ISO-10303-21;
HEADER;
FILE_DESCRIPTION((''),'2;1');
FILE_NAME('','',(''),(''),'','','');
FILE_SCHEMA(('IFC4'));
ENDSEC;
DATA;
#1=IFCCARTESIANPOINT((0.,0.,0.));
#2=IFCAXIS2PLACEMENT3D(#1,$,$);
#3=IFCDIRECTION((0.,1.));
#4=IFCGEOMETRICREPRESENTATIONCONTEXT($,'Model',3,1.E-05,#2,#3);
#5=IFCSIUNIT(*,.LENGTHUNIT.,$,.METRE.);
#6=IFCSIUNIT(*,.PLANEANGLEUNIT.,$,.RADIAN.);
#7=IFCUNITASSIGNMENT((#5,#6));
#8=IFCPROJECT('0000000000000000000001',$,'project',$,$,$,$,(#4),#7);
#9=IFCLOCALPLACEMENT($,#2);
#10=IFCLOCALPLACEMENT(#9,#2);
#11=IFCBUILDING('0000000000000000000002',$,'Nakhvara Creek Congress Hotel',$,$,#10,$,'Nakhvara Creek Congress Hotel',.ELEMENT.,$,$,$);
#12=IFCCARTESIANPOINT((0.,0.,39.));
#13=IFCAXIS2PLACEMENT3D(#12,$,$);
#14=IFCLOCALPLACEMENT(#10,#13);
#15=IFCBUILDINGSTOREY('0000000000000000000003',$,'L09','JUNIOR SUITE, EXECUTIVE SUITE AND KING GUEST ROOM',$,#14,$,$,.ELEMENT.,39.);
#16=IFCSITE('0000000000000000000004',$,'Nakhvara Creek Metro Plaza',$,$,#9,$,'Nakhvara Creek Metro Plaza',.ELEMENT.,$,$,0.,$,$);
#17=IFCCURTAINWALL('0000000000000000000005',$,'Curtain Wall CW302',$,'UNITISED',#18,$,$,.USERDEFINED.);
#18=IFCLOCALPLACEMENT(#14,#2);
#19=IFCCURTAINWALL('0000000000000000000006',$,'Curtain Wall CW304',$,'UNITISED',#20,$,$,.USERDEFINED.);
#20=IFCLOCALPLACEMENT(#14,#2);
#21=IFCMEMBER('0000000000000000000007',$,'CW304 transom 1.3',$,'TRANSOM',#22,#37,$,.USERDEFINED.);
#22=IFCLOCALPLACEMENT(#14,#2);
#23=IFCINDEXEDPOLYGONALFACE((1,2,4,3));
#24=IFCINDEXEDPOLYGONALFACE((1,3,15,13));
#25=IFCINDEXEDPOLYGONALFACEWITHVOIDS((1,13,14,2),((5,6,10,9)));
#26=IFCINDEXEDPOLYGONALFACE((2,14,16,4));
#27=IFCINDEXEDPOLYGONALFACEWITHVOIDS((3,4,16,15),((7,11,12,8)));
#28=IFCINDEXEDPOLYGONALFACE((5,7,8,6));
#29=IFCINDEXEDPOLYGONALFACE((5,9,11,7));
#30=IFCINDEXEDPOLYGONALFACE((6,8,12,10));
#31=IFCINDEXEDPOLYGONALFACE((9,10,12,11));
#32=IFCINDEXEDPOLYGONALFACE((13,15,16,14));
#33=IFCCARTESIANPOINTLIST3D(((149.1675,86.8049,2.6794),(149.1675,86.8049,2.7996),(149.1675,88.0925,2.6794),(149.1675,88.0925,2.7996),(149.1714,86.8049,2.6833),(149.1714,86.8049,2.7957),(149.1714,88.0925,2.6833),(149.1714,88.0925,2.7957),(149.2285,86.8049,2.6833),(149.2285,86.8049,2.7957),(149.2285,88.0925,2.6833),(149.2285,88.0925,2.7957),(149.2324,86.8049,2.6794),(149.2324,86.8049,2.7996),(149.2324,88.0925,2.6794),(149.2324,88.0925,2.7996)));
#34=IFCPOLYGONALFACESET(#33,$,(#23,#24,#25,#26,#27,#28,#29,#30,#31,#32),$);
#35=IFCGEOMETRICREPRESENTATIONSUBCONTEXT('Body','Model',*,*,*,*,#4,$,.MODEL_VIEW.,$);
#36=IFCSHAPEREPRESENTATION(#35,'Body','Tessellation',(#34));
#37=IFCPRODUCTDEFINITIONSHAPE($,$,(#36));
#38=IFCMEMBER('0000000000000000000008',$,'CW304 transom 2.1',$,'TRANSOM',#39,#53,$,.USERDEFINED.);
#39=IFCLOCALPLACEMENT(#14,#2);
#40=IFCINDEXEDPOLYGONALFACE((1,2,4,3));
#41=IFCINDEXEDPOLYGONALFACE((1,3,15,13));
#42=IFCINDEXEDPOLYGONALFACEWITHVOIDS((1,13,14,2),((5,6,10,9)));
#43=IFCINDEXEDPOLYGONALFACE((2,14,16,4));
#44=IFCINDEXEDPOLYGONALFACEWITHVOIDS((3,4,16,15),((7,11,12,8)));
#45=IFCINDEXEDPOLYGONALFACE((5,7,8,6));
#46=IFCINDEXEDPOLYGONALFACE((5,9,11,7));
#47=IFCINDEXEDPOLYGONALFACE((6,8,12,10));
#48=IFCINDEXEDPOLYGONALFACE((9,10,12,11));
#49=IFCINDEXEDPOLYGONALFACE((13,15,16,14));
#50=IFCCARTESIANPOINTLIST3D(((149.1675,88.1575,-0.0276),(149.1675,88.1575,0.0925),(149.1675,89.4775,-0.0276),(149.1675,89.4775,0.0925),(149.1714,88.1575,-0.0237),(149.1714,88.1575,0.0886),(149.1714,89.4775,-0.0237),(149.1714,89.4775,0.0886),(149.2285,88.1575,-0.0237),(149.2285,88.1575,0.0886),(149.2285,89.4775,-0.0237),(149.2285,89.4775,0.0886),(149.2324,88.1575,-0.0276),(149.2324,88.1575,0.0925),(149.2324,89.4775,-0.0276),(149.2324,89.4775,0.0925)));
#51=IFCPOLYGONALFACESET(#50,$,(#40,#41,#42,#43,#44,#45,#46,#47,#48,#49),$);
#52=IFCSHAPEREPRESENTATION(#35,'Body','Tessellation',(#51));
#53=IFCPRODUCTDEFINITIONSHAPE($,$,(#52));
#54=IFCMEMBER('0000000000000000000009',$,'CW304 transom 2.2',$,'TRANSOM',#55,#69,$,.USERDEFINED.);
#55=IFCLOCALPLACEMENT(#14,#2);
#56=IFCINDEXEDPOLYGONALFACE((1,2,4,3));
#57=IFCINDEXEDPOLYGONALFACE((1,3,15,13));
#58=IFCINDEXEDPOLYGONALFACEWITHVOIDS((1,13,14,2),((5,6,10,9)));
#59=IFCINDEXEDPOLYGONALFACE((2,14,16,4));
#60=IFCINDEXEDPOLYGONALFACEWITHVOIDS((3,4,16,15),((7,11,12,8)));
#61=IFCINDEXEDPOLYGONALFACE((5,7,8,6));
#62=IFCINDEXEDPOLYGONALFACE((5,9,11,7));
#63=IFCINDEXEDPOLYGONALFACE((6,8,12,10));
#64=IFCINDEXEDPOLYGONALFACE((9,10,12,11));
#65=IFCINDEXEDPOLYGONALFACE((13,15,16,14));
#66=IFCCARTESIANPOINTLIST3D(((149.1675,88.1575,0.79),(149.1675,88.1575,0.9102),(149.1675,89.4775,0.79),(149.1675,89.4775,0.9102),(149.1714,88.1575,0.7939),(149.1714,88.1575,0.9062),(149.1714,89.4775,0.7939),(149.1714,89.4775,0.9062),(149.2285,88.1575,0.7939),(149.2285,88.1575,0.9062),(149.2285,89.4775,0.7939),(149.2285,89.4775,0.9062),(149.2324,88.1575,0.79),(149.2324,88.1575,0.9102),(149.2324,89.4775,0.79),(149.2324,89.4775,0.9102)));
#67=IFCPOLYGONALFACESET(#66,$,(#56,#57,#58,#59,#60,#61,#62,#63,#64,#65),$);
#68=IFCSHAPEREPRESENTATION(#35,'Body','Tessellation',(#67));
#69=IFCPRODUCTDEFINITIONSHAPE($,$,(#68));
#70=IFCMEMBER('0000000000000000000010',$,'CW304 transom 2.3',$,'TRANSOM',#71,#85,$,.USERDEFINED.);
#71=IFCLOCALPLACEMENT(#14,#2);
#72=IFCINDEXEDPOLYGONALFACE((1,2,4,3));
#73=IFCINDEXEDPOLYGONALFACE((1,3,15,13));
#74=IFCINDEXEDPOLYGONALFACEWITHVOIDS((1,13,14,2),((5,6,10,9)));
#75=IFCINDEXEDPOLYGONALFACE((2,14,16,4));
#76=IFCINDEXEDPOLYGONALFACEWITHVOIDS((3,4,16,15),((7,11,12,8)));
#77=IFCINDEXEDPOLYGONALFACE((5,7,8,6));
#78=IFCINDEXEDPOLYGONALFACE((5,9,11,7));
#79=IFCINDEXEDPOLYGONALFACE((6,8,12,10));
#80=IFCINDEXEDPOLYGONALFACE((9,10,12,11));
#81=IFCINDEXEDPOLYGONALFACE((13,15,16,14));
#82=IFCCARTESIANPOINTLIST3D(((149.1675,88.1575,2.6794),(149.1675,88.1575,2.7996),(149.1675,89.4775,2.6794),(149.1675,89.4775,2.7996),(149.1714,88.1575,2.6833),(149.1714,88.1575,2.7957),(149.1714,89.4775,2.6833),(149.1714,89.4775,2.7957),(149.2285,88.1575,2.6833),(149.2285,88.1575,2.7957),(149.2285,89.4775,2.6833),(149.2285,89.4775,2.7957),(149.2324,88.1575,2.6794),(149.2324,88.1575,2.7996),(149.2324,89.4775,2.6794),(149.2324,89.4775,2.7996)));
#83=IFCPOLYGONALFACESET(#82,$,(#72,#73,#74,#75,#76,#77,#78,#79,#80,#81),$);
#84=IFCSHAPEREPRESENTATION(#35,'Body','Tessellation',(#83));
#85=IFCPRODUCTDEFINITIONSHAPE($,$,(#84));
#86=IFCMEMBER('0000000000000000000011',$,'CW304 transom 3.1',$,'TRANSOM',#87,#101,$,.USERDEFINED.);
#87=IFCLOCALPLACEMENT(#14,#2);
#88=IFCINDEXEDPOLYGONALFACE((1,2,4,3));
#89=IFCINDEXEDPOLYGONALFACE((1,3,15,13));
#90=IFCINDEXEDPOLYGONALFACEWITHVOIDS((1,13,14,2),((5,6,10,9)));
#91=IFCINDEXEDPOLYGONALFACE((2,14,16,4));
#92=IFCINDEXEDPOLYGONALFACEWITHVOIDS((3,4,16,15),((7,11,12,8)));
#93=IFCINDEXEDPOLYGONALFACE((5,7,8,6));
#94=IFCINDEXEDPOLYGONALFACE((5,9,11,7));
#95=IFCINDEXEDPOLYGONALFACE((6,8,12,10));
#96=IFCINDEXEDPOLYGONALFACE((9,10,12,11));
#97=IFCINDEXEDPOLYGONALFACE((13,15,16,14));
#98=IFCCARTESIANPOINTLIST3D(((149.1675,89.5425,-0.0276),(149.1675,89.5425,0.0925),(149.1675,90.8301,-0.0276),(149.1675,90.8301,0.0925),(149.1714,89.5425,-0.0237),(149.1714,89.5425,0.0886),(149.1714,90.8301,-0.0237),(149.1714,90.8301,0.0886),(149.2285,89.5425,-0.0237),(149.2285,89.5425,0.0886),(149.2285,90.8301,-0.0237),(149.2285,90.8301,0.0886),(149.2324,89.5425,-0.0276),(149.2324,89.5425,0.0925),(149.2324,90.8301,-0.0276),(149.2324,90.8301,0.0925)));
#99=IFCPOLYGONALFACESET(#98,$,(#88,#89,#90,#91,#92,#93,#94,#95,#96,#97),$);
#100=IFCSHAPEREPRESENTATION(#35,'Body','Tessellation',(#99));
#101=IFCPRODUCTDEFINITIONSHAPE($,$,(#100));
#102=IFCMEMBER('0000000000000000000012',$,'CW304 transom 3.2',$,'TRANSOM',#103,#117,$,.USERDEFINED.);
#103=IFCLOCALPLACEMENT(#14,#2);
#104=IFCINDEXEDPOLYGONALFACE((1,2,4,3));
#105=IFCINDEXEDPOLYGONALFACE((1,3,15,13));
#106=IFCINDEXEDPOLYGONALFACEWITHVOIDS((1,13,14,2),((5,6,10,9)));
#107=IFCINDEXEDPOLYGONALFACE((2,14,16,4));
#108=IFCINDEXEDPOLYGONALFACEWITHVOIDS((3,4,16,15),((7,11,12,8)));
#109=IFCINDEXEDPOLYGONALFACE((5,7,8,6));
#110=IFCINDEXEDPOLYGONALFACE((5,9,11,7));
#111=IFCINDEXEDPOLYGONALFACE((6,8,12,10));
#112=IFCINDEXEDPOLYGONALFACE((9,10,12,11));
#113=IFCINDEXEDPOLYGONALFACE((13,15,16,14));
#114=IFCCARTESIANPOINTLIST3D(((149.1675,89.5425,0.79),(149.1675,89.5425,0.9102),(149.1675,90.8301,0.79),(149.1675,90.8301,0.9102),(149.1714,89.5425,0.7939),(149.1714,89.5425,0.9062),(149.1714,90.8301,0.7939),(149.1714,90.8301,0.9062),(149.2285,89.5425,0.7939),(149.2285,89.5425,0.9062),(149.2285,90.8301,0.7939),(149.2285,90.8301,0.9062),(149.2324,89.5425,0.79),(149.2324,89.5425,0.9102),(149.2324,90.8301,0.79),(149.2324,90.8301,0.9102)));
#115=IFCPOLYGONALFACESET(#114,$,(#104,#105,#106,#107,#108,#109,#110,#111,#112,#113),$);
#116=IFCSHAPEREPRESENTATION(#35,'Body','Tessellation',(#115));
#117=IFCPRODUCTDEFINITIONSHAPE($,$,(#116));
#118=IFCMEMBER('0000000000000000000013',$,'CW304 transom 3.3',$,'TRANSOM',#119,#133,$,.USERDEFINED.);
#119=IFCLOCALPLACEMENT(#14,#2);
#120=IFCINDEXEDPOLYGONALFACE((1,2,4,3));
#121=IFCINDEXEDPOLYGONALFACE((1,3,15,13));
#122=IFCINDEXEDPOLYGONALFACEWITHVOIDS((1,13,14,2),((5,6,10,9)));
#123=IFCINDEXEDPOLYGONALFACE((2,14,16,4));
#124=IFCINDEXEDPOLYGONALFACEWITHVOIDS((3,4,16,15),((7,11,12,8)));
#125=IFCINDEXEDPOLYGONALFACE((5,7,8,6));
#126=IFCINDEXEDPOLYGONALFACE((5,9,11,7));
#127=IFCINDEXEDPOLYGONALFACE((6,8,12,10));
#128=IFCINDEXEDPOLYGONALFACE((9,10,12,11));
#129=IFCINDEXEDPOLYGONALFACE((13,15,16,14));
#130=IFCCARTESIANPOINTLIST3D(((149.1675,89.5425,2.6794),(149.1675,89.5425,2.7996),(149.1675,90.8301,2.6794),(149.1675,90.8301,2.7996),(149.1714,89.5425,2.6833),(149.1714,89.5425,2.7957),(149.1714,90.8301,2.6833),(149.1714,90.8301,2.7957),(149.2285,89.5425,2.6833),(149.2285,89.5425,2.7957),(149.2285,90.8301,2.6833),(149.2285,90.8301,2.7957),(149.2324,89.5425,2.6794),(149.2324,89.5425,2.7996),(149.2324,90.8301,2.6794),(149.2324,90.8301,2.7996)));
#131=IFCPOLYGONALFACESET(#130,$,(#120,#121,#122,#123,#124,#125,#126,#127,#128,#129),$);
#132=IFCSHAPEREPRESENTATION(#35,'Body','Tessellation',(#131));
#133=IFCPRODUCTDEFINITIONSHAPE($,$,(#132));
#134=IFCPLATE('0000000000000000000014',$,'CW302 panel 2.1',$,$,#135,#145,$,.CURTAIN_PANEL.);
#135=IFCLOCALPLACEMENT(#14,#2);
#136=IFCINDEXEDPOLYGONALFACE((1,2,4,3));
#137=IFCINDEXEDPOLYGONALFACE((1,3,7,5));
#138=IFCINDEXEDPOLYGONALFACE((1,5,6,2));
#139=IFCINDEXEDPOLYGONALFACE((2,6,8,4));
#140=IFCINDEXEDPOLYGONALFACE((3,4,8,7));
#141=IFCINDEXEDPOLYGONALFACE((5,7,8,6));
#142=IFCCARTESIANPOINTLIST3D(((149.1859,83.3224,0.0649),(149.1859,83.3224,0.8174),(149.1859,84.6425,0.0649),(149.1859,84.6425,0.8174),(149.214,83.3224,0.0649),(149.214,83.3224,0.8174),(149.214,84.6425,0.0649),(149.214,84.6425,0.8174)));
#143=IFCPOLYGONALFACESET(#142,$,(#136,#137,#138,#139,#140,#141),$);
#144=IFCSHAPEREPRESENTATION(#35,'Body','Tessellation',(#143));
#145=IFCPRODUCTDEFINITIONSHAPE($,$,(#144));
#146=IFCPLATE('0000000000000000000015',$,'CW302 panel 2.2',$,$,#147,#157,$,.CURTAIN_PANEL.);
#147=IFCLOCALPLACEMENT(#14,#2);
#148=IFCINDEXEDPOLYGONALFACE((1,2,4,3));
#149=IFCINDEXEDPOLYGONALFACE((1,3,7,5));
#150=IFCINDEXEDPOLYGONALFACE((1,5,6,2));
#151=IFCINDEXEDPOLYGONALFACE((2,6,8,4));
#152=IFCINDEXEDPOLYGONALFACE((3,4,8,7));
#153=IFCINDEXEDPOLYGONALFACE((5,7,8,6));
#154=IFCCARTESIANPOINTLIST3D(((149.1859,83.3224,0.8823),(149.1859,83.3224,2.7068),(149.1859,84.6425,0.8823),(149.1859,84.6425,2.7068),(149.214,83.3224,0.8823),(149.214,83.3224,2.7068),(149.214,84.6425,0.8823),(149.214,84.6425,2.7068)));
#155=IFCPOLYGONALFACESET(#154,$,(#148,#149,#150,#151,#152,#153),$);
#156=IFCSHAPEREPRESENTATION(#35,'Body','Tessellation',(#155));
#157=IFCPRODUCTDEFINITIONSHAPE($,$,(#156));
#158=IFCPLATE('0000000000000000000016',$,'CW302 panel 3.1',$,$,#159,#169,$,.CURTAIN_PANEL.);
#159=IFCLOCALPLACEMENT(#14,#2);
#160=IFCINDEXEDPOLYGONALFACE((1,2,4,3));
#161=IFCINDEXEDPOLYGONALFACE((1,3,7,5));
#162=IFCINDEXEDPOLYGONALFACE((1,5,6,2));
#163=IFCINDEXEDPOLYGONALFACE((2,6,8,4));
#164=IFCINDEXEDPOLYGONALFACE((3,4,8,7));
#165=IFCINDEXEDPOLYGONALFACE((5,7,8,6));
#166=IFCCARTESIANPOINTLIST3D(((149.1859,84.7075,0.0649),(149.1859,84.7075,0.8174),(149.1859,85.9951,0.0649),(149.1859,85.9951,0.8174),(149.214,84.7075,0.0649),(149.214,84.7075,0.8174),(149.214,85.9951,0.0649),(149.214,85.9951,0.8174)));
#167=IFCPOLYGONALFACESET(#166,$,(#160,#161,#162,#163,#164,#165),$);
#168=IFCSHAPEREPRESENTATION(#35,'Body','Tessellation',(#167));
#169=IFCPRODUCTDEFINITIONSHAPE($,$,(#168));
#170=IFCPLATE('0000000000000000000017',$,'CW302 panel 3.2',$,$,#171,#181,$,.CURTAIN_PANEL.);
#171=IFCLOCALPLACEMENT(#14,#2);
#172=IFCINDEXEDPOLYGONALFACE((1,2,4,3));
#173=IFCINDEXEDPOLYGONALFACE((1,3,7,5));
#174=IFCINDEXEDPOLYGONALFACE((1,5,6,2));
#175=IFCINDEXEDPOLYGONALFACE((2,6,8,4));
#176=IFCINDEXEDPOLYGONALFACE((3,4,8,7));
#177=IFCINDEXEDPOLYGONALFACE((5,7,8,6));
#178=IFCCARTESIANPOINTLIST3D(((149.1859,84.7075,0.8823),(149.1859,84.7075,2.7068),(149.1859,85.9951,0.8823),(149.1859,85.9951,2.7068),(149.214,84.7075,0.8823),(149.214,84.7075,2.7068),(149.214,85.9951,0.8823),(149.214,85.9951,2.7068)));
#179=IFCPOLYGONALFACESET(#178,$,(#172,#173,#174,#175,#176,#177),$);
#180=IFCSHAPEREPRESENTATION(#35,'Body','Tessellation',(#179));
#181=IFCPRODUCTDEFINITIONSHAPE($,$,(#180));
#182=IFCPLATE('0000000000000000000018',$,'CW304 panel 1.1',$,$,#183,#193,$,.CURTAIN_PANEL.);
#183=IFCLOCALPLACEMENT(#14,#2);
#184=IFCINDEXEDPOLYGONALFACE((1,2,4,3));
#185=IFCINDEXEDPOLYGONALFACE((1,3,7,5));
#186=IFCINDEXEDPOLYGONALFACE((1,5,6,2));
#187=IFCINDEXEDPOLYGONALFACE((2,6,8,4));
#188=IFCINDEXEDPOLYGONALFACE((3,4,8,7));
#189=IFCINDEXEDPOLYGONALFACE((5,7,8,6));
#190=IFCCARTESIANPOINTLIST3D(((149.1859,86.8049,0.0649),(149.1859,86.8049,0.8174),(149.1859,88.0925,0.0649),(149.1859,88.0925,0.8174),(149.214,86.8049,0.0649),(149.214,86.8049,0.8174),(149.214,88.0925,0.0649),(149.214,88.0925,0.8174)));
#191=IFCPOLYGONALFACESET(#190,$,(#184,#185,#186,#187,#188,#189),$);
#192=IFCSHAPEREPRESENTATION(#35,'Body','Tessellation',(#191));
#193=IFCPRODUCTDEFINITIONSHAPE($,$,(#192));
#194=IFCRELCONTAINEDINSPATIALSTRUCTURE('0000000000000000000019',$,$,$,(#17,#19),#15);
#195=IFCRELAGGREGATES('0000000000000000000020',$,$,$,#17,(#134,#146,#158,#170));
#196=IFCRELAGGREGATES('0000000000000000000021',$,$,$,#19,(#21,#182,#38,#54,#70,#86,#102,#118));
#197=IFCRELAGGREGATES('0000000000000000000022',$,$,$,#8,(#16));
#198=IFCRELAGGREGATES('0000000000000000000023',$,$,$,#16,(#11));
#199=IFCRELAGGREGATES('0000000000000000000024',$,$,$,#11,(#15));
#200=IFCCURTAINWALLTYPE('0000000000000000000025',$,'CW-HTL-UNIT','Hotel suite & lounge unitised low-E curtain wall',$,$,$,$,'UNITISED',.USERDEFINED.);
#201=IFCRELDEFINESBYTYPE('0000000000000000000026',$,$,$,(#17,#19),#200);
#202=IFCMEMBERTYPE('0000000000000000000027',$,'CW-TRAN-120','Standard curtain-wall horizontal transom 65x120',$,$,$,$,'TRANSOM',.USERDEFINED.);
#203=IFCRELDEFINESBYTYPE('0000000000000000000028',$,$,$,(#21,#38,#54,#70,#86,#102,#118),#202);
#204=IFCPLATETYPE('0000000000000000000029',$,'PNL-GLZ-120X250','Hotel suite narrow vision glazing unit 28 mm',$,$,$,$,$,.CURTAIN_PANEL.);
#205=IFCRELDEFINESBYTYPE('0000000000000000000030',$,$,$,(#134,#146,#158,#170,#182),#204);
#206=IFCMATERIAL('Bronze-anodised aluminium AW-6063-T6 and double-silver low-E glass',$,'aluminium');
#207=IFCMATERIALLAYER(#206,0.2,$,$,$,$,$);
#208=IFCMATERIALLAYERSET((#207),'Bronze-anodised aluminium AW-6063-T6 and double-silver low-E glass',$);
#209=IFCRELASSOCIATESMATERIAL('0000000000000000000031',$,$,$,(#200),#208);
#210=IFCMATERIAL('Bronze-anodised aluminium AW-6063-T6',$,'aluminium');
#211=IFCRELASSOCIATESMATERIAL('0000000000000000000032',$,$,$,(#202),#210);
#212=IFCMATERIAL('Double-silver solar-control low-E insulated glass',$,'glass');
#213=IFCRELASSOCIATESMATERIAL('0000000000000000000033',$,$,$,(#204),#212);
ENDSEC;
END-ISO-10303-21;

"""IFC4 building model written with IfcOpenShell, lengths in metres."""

from ifc_helpers import new_model, si_unit, direction, frame, origin, origin_2d, place, context, subcontext, project, spatial, rectangle, hollow_rectangle, extrude, material, layer, layer_set, material_profile, profile_set, type_object, element, aggregate, save


model = new_model("IFC4")

# Units and contexts
model_context = context("Model", 3, precision=1e-05, world=origin(), true_north=direction((0.0, 1.0)))
body_context = subcontext(model_context, "Body", "Model", "MODEL_VIEW")
ifc_project = project(units=[si_unit("LENGTHUNIT", "METRE"), si_unit("PLANEANGLEUNIT", "RADIAN")], contexts=[model_context])

# Site, building, storey
site_placement = place(None, origin())
site = spatial("IfcSite", under=ifc_project, at=site_placement, Name="Nakhvara Creek Metro Plaza", LongName="Nakhvara Creek Metro Plaza", CompositionType="ELEMENT", RefElevation=0.0)
building_placement = place(site_placement, origin())
building = spatial("IfcBuilding", under=site, at=building_placement, Name="Nakhvara Creek Congress Hotel", LongName="Nakhvara Creek Congress Hotel", CompositionType="ELEMENT")
storey_placement = place(building_placement, frame((0.0, 0.0, 39.0)))
storey = spatial("IfcBuildingStorey", under=building, at=storey_placement, Name="L09", Description="JUNIOR SUITE, EXECUTIVE SUITE AND KING GUEST ROOM", CompositionType="ELEMENT", Elevation=39.0)

# Curtain walls
ifc_material_1 = material(Name="Bronze-anodised aluminium AW-6063-T6 and double-silver low-E glass", Category="aluminium")
ifc_layer = layer(ifc_material_1, 0.2)
ifc_layer_set = layer_set([ifc_layer], Name="Bronze-anodised aluminium AW-6063-T6 and double-silver low-E glass")
curtain_wall_type = type_object("IfcCurtainWallType", Name="CW-HTL-UNIT", Description="Hotel suite & lounge unitised low-E curtain wall", ElementType="UNITISED", PredefinedType="USERDEFINED", material=ifc_layer_set)
curtain_wall_1_placement = place(storey_placement, origin())
curtain_wall_1 = element("IfcCurtainWall", 1, at=curtain_wall_1_placement, inside=storey, type_object=curtain_wall_type, Name="Curtain Wall CW302", ObjectType="UNITISED", PredefinedType="USERDEFINED")
ifc_material_2 = material(Name="Bronze-anodised aluminium AW-6063-T6", Category="aluminium")
curtain_wall_2_placement = place(storey_placement, origin())
curtain_wall_2 = element("IfcCurtainWall", 2, at=curtain_wall_2_placement, inside=storey, type_object=curtain_wall_type, Name="Curtain Wall CW304", ObjectType="UNITISED", PredefinedType="USERDEFINED")

# Members
ifc_material_profile_1 = material_profile(ifc_material_2, hollow_rectangle(XDim=0.0649, YDim=0.1201, WallThickness=0.0039, at=origin_2d()), Name="ALU-TRAN 65x120x4", Category="LoadBearing")
ifc_profile_set_1 = profile_set([ifc_material_profile_1], Name="Bronze-anodised aluminium AW-6063-T6")
member_type_1 = type_object("IfcMemberType", Name="CW-TRAN-120", Description="Standard curtain-wall horizontal transom 65x120", ElementType="TRANSOM", PredefinedType="USERDEFINED", material=ifc_profile_set_1)
member_1_placement = place(storey_placement, frame((149.2, 86.8049, 2.7395), z_axis=(0.0, 1.0, 0.0), x_axis=(-1.0, 0.0, 0.0)))
member_1 = element("IfcMember", 3, at=member_1_placement, type_object=member_type_1, Name="CW304 transom 1.3", ObjectType="TRANSOM", PredefinedType="USERDEFINED", context=body_context, shape_type="SweptSolid", body=[
    extrude(hollow_rectangle(XDim=0.0649, YDim=0.1201, WallThickness=0.0039, at=origin_2d()), origin(), (0.0, 0.0, 1.0), 1.2876),
])
member_2_placement = place(storey_placement, frame((149.2, 88.1575, 0.0325), z_axis=(0.0, 1.0, 0.0), x_axis=(-1.0, 0.0, 0.0)))
member_2 = element("IfcMember", 4, at=member_2_placement, type_object=member_type_1, Name="CW304 transom 2.1", ObjectType="TRANSOM", PredefinedType="USERDEFINED", context=body_context, shape_type="SweptSolid", body=[
    extrude(hollow_rectangle(XDim=0.0649, YDim=0.1201, WallThickness=0.0039, at=origin_2d()), origin(), (0.0, 0.0, 1.0), 1.3201),
])
member_3_placement = place(storey_placement, frame((149.2, 88.1575, 0.8501), z_axis=(0.0, 1.0, 0.0), x_axis=(-1.0, 0.0, 0.0)))
member_3 = element("IfcMember", 5, at=member_3_placement, type_object=member_type_1, Name="CW304 transom 2.2", ObjectType="TRANSOM", PredefinedType="USERDEFINED", context=body_context, shape_type="SweptSolid", body=[
    extrude(hollow_rectangle(XDim=0.0649, YDim=0.1201, WallThickness=0.0039, at=origin_2d()), origin(), (0.0, 0.0, 1.0), 1.3201),
])
member_4_placement = place(storey_placement, frame((149.2, 88.1575, 2.7395), z_axis=(0.0, 1.0, 0.0), x_axis=(-1.0, 0.0, 0.0)))
member_4 = element("IfcMember", 6, at=member_4_placement, type_object=member_type_1, Name="CW304 transom 2.3", ObjectType="TRANSOM", PredefinedType="USERDEFINED", context=body_context, shape_type="SweptSolid", body=[
    extrude(hollow_rectangle(XDim=0.0649, YDim=0.1201, WallThickness=0.0039, at=origin_2d()), origin(), (0.0, 0.0, 1.0), 1.3201),
])
member_5_placement = place(storey_placement, frame((149.2, 89.5425, 0.0325), z_axis=(0.0, 1.0, 0.0), x_axis=(-1.0, 0.0, 0.0)))
member_5 = element("IfcMember", 7, at=member_5_placement, type_object=member_type_1, Name="CW304 transom 3.1", ObjectType="TRANSOM", PredefinedType="USERDEFINED", context=body_context, shape_type="SweptSolid", body=[
    extrude(hollow_rectangle(XDim=0.0649, YDim=0.1201, WallThickness=0.0039, at=origin_2d()), origin(), (0.0, 0.0, 1.0), 1.2876),
])
member_6_placement = place(storey_placement, frame((149.2, 89.5425, 0.8501), z_axis=(0.0, 1.0, 0.0), x_axis=(-1.0, 0.0, 0.0)))
member_6 = element("IfcMember", 8, at=member_6_placement, type_object=member_type_1, Name="CW304 transom 3.2", ObjectType="TRANSOM", PredefinedType="USERDEFINED", context=body_context, shape_type="SweptSolid", body=[
    extrude(hollow_rectangle(XDim=0.0649, YDim=0.1201, WallThickness=0.0039, at=origin_2d()), origin(), (0.0, 0.0, 1.0), 1.2876),
])
member_7_placement = place(storey_placement, frame((149.2, 89.5425, 2.7395), z_axis=(0.0, 1.0, 0.0), x_axis=(-1.0, 0.0, 0.0)))
member_7 = element("IfcMember", 9, at=member_7_placement, type_object=member_type_1, Name="CW304 transom 3.3", ObjectType="TRANSOM", PredefinedType="USERDEFINED", context=body_context, shape_type="SweptSolid", body=[
    extrude(hollow_rectangle(XDim=0.0649, YDim=0.1201, WallThickness=0.0039, at=origin_2d()), origin(), (0.0, 0.0, 1.0), 1.2876),
])

# Plates
ifc_material_3 = material(Name="Double-silver solar-control low-E insulated glass", Category="glass")
plate_type = type_object("IfcPlateType", Name="PNL-GLZ-120X250", Description="Hotel suite narrow vision glazing unit 28 mm", PredefinedType="CURTAIN_PANEL", material=ifc_material_3)
plate_1_placement = place(storey_placement, frame((149.2, 83.9824, 0.0649), z_axis=(0.0, 0.0, 1.0), x_axis=(0.0, 1.0, 0.0)))
plate_1 = element("IfcPlate", 10, at=plate_1_placement, type_object=plate_type, Name="CW302 panel 2.1", PredefinedType="CURTAIN_PANEL", context=body_context, shape_type="SweptSolid", body=[
    extrude(rectangle(XDim=1.3201, YDim=0.0281, at=origin_2d()), origin(), (0.0, 0.0, 1.0), 0.7524),
])
plate_2_placement = place(storey_placement, frame((149.2, 83.9824, 0.8823), z_axis=(0.0, 0.0, 1.0), x_axis=(0.0, 1.0, 0.0)))
plate_2 = element("IfcPlate", 11, at=plate_2_placement, type_object=plate_type, Name="CW302 panel 2.2", PredefinedType="CURTAIN_PANEL", context=body_context, shape_type="SweptSolid", body=[
    extrude(rectangle(XDim=1.3201, YDim=0.0281, at=origin_2d()), origin(), (0.0, 0.0, 1.0), 1.8245),
])
plate_3_placement = place(storey_placement, frame((149.2, 85.3513, 0.0649), z_axis=(0.0, 0.0, 1.0), x_axis=(0.0, 1.0, 0.0)))
plate_3 = element("IfcPlate", 12, at=plate_3_placement, type_object=plate_type, Name="CW302 panel 3.1", PredefinedType="CURTAIN_PANEL", context=body_context, shape_type="SweptSolid", body=[
    extrude(rectangle(XDim=1.2876, YDim=0.0281, at=origin_2d()), origin(), (0.0, 0.0, 1.0), 0.7524),
])
plate_4_placement = place(storey_placement, frame((149.2, 85.3513, 0.8823), z_axis=(0.0, 0.0, 1.0), x_axis=(0.0, 1.0, 0.0)))
plate_4 = element("IfcPlate", 13, at=plate_4_placement, type_object=plate_type, Name="CW302 panel 3.2", PredefinedType="CURTAIN_PANEL", context=body_context, shape_type="SweptSolid", body=[
    extrude(rectangle(XDim=1.2876, YDim=0.0281, at=origin_2d()), origin(), (0.0, 0.0, 1.0), 1.8245),
])
aggregate(curtain_wall_1, [plate_1, plate_2, plate_3, plate_4])
plate_5_placement = place(storey_placement, frame((149.2, 87.4487, 0.0649), z_axis=(0.0, 0.0, 1.0), x_axis=(0.0, 1.0, 0.0)))
plate_5 = element("IfcPlate", 14, at=plate_5_placement, type_object=plate_type, Name="CW304 panel 1.1", PredefinedType="CURTAIN_PANEL", context=body_context, shape_type="SweptSolid", body=[
    extrude(rectangle(XDim=1.2876, YDim=0.0281, at=origin_2d()), origin(), (0.0, 0.0, 1.0), 0.7524),
])
aggregate(curtain_wall_2, [member_1, plate_5, member_2, member_3, member_4, member_5, member_6, member_7])

save(model, "model.ifc")
